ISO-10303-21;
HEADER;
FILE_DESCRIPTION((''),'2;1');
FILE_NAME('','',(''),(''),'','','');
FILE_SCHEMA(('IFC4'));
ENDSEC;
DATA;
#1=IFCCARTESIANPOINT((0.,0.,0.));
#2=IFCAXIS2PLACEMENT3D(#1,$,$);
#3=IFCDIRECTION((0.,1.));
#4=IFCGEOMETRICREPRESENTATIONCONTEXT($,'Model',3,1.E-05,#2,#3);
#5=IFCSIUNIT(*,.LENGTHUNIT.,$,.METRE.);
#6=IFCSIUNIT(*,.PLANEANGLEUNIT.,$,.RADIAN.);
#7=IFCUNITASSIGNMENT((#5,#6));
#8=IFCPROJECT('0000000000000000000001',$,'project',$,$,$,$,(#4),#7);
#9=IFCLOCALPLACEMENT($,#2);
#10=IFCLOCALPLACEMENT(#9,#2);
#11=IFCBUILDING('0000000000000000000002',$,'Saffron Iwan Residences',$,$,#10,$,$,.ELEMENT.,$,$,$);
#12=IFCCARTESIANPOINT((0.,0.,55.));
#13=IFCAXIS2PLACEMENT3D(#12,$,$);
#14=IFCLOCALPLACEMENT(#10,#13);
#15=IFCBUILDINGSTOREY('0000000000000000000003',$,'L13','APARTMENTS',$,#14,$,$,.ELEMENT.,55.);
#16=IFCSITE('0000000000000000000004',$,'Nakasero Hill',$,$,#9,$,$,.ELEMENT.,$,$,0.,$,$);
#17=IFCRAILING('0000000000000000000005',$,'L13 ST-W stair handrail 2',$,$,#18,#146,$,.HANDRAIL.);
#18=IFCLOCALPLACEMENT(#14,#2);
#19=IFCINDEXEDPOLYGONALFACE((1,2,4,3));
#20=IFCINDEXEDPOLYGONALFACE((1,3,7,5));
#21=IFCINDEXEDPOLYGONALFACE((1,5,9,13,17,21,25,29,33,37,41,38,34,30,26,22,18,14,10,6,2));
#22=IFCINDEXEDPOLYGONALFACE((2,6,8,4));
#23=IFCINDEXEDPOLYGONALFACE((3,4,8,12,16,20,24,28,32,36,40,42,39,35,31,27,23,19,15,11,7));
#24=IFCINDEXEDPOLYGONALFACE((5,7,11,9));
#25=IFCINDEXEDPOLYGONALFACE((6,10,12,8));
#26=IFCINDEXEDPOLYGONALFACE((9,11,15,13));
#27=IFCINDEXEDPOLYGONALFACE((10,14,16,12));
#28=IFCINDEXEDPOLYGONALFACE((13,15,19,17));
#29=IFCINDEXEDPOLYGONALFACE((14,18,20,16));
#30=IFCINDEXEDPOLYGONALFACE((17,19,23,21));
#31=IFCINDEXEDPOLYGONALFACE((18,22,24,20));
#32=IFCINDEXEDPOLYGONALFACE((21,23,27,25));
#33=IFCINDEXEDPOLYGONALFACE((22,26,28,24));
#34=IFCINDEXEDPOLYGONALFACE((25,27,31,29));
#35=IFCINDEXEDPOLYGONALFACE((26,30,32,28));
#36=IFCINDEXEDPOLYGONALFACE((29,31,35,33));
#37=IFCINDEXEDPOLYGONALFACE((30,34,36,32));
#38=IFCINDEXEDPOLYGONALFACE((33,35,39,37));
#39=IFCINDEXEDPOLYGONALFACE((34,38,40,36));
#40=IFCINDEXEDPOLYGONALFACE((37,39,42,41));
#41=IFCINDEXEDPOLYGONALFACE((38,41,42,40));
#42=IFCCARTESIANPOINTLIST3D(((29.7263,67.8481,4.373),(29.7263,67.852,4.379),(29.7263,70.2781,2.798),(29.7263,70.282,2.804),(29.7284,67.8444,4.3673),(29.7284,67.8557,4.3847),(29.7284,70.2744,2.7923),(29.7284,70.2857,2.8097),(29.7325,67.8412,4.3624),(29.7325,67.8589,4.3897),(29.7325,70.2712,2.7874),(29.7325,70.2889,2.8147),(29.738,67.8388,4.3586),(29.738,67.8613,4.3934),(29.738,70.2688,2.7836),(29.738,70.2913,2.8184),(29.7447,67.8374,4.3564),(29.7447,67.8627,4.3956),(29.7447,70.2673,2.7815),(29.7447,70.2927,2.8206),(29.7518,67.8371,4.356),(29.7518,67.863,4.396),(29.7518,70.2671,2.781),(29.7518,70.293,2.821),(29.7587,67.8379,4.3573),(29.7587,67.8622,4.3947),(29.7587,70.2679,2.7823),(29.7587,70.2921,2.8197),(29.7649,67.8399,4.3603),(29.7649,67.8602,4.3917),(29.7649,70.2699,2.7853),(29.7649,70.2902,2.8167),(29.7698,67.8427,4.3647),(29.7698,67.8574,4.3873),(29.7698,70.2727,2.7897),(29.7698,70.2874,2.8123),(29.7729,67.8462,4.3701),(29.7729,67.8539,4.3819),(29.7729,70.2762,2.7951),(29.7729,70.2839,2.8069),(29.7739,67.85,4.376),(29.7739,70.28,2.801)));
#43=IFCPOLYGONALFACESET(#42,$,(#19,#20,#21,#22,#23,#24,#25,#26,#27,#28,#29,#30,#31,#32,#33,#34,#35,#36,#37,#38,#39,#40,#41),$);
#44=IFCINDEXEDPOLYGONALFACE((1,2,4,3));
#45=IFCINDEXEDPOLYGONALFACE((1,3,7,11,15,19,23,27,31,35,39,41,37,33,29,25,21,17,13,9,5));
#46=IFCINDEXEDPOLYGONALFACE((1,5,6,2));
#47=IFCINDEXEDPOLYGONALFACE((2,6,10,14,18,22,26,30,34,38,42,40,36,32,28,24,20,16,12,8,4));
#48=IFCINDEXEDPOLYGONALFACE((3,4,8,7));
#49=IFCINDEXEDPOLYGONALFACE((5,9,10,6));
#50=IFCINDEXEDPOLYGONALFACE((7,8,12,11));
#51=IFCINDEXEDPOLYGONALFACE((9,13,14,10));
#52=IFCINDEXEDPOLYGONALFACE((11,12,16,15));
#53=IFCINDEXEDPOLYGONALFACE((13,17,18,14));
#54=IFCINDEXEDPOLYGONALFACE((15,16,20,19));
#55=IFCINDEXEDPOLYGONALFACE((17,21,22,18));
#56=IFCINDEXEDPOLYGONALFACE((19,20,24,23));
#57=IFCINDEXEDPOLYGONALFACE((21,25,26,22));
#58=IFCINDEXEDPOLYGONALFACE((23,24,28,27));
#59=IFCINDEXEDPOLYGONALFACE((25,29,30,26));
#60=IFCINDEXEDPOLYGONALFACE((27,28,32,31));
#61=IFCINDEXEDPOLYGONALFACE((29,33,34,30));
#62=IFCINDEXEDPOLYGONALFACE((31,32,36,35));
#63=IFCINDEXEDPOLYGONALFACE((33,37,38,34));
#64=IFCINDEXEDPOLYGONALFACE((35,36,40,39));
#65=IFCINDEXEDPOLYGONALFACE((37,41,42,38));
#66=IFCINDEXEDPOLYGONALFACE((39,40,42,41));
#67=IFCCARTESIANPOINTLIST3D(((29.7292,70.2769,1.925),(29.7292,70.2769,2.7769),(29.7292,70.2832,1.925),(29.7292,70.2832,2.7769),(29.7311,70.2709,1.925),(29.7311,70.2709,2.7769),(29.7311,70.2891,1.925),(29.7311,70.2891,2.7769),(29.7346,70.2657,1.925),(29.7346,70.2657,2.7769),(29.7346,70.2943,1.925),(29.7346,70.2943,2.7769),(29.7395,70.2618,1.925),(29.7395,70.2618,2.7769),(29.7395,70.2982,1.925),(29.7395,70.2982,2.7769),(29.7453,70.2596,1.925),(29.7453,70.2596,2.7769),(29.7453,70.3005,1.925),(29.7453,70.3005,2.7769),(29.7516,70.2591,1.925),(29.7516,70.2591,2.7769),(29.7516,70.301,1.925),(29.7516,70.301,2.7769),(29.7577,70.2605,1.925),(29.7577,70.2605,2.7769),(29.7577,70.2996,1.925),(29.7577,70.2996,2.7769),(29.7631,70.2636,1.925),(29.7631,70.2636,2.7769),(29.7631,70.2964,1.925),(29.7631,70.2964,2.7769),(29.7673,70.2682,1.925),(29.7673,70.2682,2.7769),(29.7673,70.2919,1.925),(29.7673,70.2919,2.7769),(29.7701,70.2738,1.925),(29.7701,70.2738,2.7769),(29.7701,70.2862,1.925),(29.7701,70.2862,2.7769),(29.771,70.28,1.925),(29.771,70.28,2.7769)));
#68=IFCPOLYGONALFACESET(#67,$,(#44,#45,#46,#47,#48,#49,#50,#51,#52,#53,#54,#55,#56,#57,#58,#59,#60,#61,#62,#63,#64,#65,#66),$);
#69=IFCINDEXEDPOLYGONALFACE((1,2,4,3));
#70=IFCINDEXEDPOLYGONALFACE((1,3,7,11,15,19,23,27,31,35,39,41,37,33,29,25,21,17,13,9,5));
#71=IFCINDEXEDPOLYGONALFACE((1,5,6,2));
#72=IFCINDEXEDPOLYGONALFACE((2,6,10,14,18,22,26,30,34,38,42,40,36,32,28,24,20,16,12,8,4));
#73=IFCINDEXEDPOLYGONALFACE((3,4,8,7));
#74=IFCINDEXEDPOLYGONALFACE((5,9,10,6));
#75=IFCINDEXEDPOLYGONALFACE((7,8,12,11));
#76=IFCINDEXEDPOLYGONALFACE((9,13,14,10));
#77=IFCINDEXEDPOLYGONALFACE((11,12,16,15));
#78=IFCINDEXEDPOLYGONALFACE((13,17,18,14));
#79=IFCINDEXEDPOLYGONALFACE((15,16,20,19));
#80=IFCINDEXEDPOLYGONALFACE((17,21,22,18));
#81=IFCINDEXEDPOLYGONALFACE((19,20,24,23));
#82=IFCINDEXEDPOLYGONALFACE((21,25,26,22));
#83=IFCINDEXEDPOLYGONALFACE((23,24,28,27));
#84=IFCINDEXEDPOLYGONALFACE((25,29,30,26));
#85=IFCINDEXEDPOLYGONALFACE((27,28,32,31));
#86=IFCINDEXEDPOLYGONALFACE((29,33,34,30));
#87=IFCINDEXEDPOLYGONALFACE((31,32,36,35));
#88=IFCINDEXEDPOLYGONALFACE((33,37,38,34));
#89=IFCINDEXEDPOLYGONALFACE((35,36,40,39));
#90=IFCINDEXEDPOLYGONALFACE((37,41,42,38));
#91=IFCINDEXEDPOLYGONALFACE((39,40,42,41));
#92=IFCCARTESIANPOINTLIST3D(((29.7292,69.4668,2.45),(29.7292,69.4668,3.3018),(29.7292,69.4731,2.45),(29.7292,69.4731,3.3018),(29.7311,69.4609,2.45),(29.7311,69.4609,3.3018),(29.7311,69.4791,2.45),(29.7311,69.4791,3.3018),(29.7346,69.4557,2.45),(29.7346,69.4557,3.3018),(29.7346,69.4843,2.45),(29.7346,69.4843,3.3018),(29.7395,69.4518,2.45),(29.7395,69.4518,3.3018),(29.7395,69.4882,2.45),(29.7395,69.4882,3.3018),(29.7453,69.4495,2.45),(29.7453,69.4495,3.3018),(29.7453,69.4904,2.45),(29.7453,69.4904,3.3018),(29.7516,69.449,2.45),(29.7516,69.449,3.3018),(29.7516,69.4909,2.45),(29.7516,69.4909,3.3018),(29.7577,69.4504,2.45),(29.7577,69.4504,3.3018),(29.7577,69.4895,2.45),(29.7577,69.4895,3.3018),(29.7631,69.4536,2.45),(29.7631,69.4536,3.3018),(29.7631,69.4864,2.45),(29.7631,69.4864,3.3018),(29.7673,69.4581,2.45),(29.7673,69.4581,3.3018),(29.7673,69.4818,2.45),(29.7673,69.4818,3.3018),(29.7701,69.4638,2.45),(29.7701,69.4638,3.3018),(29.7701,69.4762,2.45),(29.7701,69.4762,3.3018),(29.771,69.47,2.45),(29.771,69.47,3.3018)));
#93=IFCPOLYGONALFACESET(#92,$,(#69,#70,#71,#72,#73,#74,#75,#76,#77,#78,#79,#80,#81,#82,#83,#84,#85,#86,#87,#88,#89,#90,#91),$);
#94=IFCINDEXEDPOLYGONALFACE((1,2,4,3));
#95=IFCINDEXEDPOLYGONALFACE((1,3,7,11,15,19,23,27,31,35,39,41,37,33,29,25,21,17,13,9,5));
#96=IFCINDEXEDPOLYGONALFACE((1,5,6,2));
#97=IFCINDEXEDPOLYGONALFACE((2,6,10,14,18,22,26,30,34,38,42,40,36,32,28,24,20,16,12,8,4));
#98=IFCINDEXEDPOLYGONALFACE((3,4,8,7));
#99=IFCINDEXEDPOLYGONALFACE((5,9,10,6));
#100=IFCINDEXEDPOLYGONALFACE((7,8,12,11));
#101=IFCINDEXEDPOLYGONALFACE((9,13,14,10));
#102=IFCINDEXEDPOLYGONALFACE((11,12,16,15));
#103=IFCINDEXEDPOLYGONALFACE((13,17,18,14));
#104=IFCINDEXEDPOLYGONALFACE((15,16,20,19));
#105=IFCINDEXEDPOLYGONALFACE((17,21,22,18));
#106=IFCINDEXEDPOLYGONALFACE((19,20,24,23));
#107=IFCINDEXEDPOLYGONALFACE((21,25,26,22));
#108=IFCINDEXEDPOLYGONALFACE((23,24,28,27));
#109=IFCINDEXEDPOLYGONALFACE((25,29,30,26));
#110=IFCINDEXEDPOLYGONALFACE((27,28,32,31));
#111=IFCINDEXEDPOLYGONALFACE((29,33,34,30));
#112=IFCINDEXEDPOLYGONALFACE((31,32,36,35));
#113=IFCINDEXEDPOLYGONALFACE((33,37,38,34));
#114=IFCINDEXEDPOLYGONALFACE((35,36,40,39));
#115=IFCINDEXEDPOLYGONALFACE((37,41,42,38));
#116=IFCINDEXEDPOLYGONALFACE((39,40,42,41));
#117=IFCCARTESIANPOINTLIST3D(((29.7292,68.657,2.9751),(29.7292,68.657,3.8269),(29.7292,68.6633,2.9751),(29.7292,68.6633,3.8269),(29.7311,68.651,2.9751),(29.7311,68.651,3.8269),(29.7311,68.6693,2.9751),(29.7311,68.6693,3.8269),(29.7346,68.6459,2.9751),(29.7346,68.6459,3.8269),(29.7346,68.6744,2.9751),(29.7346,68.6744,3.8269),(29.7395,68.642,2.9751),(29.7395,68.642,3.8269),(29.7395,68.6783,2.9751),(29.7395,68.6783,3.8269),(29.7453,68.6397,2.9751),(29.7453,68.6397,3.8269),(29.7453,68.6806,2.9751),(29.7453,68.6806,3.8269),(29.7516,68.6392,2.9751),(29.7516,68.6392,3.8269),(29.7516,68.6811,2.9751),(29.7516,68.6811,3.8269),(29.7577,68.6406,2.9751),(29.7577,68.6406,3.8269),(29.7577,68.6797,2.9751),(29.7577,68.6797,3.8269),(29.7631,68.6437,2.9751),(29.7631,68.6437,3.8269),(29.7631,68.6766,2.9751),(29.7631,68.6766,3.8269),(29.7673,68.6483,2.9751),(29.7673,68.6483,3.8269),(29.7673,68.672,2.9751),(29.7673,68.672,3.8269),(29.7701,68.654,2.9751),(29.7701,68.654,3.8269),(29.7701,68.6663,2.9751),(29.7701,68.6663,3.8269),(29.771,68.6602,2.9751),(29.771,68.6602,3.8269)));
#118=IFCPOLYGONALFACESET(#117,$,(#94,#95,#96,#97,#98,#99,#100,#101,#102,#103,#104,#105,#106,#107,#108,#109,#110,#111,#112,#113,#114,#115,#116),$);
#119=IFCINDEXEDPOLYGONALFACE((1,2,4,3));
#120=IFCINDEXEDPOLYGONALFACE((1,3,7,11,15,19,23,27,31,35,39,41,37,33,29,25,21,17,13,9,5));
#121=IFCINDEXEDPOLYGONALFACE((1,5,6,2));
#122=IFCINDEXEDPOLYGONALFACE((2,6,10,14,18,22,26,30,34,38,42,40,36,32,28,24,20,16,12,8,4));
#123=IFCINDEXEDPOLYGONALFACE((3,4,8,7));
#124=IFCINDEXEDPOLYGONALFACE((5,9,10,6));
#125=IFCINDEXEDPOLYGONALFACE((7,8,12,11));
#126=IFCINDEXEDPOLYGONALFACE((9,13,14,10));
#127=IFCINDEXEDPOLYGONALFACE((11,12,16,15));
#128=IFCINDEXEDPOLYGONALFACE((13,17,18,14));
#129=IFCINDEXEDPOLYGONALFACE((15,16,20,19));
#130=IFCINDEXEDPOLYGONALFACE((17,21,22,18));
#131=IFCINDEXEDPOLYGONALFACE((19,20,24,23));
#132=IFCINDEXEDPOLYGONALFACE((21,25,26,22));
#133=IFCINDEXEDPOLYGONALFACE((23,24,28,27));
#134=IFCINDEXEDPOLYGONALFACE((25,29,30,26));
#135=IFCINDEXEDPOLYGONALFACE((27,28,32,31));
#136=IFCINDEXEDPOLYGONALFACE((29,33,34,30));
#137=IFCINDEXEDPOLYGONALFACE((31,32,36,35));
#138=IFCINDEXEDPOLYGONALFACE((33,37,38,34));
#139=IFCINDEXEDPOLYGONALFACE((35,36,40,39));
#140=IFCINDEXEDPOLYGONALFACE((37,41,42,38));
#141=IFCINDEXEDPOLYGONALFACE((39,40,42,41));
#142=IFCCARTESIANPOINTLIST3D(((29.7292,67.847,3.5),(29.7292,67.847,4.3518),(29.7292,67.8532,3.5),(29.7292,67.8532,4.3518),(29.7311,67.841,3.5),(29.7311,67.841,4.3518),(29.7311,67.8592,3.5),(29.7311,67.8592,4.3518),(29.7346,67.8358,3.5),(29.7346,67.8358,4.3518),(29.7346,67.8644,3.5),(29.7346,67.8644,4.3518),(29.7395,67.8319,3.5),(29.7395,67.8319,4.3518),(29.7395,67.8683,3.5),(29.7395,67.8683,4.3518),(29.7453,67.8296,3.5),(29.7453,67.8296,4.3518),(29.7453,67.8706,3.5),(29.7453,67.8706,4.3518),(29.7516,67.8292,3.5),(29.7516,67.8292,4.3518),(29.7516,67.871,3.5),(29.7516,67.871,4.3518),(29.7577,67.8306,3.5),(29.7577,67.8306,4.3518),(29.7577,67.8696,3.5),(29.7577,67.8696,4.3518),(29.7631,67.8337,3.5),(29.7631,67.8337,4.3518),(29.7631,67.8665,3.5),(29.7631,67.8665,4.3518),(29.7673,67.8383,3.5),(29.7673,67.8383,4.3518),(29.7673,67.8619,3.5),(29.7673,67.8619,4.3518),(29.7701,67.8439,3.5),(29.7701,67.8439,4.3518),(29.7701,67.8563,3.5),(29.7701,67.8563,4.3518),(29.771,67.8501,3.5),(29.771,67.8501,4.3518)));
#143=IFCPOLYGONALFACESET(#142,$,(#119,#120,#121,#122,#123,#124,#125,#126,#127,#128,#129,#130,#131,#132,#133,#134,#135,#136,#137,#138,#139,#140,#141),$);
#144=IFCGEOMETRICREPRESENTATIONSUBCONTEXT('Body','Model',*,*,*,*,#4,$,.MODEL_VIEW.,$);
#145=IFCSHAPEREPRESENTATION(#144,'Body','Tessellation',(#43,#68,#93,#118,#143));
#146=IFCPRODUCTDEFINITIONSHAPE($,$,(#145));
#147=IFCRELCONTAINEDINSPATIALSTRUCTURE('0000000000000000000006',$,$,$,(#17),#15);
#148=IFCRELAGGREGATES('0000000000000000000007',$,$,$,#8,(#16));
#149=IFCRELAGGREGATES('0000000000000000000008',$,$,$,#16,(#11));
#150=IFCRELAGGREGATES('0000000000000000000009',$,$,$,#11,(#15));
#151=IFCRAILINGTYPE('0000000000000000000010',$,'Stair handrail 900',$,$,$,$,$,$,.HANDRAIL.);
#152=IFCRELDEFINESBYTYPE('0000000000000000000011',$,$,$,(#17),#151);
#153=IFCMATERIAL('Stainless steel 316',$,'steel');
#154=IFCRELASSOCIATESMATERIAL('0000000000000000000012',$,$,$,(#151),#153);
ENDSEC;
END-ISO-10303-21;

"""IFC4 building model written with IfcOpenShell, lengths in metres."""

from ifc_helpers import new_model, si_unit, direction, frame, origin, origin_2d, place, context, subcontext, project, spatial, circle, extrude, material, type_object, element, save


model = new_model("IFC4")

# Units and contexts
model_context = context("Model", 3, precision=1e-05, world=origin(), true_north=direction((0.0, 1.0)))
body_context = subcontext(model_context, "Body", "Model", "MODEL_VIEW")
ifc_project = project(units=[si_unit("LENGTHUNIT", "METRE"), si_unit("PLANEANGLEUNIT", "RADIAN")], contexts=[model_context])

# Site, building, storey
site_placement = place(None, origin())
site = spatial("IfcSite", under=ifc_project, at=site_placement, Name="Nakasero Hill", CompositionType="ELEMENT", RefElevation=0.0)
building_placement = place(site_placement, origin())
building = spatial("IfcBuilding", under=site, at=building_placement, Name="Saffron Iwan Residences", CompositionType="ELEMENT")
storey_placement = place(building_placement, frame((0.0, 0.0, 55.0)))
storey = spatial("IfcBuildingStorey", under=building, at=storey_placement, Name="L13", Description="APARTMENTS", CompositionType="ELEMENT", Elevation=55.0)

# Railing
ifc_material_1 = material(Name="Stainless steel 316", Category="steel")
railing_type = type_object("IfcRailingType", Name="Stair handrail 900", PredefinedType="HANDRAIL", material=ifc_material_1)
railing_placement = place(storey_placement, frame((29.75, 70.28, 1.925)))
element("IfcRailing", 1, at=railing_placement, inside=storey, type_object=railing_type, Name="L13 ST-W stair handrail 2", PredefinedType="HANDRAIL", context=body_context, shape_type="SweptSolid", body=[
    extrude(circle(Radius=0.0239, at=origin_2d()), frame((0.0, 0.0, 0.876), z_axis=(0.0, -0.839154, 0.543894), x_axis=(1.0, 0.0, 0.0)), (0.0, 0.0, 1.0), 2.8958),
    extrude(circle(Radius=0.021, at=origin_2d()), origin(), (0.0, 0.0, 1.0), 0.8518),
    extrude(circle(Radius=0.021, at=origin_2d()), frame((0.0, -0.8101, 0.5249)), (0.0, 0.0, 1.0), 0.8518),
    extrude(circle(Radius=0.021, at=origin_2d()), frame((0.0, -1.6199, 1.05)), (0.0, 0.0, 1.0), 0.8518),
    extrude(circle(Radius=0.021, at=origin_2d()), frame((0.0, -2.4299, 1.575)), (0.0, 0.0, 1.0), 0.8518),
])

save(model, "model.ifc")
